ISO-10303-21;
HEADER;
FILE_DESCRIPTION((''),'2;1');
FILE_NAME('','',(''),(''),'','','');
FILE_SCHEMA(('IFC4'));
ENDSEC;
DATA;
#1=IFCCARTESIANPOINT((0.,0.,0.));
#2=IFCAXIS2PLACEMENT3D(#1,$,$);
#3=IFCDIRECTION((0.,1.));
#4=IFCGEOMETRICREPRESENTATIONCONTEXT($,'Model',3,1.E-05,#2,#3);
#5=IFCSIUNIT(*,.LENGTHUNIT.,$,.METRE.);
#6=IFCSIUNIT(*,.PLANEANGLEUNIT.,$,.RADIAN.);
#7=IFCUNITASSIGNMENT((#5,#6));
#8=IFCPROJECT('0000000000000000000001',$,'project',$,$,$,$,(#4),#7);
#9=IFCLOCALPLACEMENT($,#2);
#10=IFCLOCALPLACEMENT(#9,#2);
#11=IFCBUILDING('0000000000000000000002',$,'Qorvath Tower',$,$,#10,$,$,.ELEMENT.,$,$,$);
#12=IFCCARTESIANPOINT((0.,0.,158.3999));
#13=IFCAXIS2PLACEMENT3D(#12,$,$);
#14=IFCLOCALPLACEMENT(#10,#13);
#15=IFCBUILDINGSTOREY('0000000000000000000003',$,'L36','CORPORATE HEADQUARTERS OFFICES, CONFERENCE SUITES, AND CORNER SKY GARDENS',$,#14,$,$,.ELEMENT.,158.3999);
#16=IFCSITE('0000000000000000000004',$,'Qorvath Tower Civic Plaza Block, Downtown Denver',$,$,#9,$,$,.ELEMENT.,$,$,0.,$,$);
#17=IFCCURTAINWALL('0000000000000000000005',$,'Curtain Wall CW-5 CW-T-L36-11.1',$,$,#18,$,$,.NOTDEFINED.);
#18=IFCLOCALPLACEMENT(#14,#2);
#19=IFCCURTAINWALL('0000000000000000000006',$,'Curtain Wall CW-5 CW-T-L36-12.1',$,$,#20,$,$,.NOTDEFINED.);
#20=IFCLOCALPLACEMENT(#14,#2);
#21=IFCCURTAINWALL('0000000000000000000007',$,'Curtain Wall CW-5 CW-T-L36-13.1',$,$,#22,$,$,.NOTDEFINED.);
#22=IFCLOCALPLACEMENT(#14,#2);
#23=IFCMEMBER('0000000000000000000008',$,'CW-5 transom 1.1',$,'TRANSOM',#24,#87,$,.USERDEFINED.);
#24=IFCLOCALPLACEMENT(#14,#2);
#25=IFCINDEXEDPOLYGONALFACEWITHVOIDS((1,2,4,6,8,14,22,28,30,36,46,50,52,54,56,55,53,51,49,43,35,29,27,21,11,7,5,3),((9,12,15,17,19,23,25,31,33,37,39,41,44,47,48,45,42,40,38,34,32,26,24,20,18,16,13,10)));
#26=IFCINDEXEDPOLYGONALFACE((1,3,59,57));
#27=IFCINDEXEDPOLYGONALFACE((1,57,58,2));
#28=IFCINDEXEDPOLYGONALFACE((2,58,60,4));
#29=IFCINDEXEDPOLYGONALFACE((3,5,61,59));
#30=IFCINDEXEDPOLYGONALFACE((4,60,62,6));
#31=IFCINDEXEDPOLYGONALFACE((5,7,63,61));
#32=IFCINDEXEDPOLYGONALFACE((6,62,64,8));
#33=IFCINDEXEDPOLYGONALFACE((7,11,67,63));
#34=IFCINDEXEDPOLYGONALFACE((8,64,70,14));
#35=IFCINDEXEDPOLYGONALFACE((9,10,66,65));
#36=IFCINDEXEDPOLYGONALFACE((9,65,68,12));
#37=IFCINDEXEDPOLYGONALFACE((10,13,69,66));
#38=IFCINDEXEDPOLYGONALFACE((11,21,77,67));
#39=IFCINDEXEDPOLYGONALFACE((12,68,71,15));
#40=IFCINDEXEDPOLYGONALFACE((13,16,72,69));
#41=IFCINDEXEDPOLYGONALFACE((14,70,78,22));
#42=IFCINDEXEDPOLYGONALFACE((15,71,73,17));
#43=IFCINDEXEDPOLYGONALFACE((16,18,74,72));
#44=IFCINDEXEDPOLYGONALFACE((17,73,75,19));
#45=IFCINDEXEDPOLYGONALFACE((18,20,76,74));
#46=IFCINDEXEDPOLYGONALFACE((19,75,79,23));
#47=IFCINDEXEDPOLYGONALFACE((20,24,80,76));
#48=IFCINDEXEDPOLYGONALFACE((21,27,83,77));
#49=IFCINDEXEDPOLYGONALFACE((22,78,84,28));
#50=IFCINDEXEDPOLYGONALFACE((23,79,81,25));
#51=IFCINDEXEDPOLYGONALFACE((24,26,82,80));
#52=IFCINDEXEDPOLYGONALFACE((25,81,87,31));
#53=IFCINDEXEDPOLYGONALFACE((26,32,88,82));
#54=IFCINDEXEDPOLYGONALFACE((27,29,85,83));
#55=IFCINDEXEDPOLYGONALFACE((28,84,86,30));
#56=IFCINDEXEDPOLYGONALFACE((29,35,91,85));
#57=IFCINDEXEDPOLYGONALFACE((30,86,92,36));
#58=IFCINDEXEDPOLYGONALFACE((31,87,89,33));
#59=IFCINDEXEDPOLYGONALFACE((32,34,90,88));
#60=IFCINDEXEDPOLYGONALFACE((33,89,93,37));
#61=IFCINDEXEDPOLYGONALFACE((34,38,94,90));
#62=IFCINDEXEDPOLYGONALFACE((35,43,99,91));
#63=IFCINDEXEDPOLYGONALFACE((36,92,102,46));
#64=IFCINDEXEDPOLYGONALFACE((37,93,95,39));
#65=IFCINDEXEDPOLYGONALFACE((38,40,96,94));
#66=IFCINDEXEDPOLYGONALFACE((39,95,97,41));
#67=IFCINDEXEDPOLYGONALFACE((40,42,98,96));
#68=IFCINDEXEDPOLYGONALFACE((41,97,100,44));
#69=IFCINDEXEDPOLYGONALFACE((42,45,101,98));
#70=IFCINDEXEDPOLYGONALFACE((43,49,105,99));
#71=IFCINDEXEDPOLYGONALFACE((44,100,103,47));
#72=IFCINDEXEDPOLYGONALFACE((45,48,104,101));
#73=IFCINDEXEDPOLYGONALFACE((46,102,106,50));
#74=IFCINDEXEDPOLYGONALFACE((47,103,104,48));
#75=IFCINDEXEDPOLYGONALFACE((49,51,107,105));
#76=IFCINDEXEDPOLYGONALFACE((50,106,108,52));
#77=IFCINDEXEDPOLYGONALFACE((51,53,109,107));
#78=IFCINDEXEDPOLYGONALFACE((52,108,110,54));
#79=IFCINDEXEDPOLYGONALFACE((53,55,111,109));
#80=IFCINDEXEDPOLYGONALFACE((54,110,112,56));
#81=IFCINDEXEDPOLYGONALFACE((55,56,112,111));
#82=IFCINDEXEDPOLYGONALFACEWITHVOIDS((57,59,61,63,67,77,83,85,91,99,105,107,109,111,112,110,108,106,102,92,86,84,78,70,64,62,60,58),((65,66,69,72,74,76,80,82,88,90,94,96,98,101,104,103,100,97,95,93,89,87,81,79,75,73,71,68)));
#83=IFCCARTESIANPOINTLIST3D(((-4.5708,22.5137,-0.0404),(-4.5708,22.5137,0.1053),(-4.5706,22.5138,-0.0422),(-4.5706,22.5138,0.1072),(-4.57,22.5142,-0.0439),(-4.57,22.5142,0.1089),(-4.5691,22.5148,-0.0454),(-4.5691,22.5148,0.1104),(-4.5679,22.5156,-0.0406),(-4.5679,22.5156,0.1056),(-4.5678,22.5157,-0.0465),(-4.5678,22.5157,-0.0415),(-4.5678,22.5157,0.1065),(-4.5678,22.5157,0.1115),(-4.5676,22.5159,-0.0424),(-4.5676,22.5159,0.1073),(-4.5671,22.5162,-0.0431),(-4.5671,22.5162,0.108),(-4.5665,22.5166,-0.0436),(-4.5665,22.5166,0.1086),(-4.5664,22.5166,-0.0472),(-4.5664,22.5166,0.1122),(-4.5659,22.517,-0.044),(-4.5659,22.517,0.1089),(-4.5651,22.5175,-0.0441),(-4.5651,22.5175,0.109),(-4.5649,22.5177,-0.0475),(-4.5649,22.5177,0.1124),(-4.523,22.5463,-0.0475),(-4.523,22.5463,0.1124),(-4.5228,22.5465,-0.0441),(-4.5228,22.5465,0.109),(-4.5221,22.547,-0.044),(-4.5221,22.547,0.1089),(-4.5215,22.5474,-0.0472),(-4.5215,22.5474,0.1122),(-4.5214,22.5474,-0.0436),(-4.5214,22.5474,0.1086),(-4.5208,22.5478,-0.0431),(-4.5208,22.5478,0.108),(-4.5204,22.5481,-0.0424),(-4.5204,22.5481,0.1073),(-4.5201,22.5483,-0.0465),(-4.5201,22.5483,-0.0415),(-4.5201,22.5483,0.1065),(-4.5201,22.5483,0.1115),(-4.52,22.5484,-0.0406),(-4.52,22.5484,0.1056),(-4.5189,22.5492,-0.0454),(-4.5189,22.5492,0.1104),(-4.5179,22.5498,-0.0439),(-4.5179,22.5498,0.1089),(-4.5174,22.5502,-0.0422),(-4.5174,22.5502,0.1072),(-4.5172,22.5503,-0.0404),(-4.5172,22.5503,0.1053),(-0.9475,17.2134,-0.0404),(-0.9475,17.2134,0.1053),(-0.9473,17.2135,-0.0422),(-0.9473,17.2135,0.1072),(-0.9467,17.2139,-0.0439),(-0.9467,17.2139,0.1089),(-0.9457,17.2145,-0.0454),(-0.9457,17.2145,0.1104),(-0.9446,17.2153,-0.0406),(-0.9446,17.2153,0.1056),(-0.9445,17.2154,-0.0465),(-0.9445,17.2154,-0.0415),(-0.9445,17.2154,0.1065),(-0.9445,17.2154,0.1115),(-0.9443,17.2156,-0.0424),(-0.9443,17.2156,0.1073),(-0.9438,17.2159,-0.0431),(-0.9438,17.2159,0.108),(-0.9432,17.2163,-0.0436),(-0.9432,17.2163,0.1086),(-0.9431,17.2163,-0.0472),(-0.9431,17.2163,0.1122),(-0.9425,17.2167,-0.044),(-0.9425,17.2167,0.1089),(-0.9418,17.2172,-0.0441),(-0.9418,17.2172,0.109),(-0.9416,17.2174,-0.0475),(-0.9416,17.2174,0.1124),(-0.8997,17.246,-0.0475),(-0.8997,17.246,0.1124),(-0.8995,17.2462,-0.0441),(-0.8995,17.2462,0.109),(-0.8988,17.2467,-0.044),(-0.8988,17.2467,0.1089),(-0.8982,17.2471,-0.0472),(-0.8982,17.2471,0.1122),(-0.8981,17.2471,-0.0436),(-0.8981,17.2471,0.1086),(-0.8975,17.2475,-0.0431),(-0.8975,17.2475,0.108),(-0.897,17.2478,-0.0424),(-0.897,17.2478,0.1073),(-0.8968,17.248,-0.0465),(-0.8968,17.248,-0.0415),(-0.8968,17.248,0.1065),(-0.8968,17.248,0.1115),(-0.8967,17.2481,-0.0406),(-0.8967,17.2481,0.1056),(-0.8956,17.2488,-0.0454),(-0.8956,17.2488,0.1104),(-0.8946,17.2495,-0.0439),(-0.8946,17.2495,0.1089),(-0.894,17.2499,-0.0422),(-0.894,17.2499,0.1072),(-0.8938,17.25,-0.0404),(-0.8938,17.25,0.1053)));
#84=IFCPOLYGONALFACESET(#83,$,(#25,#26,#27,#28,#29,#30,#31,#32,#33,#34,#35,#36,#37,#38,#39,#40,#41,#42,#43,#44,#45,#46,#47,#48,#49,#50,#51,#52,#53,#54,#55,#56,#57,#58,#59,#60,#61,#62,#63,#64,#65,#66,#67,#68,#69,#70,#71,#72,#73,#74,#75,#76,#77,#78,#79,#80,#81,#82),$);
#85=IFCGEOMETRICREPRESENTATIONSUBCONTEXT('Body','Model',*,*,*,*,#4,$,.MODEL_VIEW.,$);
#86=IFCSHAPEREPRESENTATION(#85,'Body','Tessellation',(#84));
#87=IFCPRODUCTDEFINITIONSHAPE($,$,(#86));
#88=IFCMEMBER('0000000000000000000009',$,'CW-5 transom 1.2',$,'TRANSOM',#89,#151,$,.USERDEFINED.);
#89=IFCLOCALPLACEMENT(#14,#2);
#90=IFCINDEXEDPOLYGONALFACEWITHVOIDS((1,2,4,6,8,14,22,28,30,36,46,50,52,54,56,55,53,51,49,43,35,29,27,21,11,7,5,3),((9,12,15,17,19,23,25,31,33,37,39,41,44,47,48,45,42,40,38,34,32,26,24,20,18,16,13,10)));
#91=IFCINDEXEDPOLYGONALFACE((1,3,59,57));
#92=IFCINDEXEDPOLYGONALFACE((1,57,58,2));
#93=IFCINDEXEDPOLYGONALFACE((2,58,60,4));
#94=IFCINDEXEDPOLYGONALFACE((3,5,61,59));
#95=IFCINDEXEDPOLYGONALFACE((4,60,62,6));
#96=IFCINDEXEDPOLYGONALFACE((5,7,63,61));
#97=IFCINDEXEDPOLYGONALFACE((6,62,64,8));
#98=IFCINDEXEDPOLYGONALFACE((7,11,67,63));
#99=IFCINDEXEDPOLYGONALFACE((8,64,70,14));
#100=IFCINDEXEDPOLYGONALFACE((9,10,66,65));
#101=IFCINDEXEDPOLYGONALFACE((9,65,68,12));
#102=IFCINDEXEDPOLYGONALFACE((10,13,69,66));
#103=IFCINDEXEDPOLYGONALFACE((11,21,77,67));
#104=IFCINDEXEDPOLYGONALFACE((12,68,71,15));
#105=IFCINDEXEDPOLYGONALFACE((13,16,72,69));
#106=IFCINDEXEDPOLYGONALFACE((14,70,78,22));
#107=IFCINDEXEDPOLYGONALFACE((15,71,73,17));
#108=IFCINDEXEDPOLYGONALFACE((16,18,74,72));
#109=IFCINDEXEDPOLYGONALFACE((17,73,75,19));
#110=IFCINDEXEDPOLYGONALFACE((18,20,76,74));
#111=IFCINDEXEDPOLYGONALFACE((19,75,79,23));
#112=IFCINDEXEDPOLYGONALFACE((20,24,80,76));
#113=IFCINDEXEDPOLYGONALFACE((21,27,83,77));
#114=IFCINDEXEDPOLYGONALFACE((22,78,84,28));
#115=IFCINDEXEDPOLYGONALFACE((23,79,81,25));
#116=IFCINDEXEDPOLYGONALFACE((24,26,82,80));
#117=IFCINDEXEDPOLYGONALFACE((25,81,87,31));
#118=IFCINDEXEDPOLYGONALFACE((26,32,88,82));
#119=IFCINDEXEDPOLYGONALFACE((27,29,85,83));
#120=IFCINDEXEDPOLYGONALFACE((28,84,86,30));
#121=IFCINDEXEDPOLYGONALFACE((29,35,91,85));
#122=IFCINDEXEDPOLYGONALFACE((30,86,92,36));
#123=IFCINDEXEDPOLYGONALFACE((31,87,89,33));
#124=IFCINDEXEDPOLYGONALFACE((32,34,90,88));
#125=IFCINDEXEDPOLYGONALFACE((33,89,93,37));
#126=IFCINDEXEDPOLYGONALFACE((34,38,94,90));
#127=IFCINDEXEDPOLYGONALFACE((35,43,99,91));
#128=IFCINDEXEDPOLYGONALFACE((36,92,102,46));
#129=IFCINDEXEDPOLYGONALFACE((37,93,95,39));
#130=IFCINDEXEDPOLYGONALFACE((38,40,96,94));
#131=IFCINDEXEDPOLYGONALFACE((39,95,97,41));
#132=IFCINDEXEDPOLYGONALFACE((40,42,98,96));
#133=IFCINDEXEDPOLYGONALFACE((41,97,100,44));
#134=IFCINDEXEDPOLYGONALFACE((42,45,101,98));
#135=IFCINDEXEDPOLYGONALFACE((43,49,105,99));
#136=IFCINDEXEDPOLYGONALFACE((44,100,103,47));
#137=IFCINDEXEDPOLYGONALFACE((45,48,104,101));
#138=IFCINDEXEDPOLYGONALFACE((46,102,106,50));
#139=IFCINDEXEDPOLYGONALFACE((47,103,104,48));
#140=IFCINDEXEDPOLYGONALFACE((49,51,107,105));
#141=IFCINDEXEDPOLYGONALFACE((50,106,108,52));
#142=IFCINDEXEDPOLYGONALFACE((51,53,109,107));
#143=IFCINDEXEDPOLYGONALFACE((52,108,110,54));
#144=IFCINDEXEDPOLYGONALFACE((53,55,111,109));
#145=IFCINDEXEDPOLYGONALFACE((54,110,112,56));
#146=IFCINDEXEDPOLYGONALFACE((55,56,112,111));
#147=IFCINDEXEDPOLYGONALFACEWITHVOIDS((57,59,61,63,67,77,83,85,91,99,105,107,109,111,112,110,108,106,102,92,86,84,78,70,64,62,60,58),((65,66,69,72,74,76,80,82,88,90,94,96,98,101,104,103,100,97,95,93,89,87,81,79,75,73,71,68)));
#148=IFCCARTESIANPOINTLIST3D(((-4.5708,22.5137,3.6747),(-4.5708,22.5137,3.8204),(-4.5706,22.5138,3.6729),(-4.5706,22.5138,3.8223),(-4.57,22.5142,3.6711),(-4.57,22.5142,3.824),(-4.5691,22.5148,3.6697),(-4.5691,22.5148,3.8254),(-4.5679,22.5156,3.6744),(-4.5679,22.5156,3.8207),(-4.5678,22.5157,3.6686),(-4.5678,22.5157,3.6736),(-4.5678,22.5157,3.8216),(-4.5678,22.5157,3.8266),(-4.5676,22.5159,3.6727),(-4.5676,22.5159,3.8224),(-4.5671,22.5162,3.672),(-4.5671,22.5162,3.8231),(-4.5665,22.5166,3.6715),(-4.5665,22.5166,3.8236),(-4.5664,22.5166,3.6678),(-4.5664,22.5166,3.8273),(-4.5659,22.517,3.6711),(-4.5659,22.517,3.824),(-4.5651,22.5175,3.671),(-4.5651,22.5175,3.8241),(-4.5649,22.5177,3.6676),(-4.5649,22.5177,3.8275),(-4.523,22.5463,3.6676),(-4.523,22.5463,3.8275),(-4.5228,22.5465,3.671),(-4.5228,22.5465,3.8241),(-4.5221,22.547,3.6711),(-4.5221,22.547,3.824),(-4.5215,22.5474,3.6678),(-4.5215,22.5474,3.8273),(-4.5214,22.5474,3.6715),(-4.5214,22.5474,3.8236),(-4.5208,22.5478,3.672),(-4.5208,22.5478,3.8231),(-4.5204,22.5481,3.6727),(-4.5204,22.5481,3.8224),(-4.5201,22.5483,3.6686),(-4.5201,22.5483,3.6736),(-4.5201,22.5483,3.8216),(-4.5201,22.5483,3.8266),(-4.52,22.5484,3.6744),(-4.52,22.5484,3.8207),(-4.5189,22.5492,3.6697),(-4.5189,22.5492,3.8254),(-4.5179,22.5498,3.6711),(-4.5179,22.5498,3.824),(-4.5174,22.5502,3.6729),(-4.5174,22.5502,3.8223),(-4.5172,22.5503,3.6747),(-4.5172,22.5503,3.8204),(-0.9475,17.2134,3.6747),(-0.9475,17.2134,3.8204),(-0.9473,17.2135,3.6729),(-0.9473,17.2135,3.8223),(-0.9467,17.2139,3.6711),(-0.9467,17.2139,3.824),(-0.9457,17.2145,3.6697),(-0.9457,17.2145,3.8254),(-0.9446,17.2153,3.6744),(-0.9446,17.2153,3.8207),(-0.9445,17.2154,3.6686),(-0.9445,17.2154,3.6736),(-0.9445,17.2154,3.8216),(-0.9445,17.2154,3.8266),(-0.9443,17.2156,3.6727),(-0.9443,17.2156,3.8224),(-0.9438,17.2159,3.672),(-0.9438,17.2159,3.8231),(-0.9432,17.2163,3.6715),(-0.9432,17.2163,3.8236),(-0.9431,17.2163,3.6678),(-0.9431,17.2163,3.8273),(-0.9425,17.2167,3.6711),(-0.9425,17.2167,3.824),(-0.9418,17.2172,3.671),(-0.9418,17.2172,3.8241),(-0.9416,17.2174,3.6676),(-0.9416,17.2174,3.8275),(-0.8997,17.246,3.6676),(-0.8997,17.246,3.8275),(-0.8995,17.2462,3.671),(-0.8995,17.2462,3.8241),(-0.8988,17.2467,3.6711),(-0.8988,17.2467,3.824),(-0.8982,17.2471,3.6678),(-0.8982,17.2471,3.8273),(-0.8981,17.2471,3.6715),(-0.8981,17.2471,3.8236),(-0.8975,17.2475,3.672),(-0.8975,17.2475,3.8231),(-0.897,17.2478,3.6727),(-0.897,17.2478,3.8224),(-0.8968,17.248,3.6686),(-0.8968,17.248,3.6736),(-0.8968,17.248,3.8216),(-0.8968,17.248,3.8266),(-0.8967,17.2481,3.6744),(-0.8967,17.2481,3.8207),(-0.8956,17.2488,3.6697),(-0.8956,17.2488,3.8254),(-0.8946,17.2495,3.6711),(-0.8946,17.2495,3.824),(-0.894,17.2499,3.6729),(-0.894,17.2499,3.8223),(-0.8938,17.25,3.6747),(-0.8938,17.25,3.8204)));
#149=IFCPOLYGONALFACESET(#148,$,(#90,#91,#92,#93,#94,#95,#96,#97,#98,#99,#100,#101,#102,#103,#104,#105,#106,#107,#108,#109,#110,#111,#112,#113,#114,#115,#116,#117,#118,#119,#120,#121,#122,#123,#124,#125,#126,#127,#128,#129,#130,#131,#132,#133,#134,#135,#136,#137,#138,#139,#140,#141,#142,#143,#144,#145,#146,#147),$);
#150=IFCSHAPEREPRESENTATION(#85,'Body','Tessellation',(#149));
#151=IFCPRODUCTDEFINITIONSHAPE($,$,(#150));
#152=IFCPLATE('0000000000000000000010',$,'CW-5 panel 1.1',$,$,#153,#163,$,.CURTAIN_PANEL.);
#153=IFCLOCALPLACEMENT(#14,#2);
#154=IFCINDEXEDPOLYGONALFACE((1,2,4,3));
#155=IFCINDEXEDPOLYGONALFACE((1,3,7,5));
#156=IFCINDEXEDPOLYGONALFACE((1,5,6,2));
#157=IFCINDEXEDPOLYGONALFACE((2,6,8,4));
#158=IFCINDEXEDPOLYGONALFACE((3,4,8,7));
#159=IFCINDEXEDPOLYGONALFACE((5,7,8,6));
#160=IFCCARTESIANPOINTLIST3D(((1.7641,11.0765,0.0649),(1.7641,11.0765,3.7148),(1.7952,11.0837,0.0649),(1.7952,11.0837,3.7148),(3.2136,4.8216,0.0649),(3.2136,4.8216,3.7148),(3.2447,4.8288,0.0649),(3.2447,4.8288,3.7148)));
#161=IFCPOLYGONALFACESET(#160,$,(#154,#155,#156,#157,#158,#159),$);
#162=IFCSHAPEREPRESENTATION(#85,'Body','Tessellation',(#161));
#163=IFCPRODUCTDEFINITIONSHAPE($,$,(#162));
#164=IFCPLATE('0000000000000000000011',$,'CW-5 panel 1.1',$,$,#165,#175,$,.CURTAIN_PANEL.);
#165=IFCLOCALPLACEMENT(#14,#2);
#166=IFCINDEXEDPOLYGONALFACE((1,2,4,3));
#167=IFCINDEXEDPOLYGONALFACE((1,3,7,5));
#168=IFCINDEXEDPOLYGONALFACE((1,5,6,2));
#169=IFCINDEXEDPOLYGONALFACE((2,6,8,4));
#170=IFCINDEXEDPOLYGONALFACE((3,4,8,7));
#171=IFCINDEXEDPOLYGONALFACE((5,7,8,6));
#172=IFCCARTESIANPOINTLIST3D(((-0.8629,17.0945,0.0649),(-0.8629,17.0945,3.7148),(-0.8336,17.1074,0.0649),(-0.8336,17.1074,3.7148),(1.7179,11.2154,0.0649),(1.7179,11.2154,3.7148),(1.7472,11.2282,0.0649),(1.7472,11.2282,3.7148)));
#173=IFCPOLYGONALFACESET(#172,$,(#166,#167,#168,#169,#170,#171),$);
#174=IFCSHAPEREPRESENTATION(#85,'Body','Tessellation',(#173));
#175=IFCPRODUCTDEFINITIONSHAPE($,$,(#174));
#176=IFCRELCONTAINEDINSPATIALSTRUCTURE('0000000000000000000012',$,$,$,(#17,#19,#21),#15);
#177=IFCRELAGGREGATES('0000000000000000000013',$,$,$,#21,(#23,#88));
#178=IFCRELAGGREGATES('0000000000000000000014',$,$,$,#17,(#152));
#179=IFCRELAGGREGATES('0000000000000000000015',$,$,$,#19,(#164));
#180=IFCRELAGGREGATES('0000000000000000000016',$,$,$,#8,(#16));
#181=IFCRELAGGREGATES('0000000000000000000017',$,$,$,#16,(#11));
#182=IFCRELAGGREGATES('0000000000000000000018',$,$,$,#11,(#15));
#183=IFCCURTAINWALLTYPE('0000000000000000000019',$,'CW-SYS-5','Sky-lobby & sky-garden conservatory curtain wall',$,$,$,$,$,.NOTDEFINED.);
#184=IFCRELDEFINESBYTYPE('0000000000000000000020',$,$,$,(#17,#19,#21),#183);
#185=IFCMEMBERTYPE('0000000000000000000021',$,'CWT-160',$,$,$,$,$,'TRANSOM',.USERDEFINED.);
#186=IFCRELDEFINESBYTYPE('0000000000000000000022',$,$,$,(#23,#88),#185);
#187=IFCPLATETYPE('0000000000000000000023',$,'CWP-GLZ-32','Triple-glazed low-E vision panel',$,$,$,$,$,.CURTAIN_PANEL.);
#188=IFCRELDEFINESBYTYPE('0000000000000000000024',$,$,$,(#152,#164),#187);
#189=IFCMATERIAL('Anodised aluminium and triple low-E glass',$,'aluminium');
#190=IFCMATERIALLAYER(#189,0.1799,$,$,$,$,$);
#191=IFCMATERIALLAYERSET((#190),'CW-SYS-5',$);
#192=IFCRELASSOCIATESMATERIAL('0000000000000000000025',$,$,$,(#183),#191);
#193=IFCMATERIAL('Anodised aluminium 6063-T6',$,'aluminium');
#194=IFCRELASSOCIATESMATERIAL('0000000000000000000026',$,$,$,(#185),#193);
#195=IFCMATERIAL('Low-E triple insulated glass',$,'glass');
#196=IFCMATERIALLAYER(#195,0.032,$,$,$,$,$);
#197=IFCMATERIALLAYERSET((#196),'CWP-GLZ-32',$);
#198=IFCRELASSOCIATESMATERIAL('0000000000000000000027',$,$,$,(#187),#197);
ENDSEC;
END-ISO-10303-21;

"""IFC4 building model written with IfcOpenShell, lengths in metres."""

from ifc_helpers import new_model, si_unit, direction, frame, origin, origin_2d, place, context, subcontext, project, spatial, rectangle, hollow_rectangle, extrude, material, layer, layer_set, material_profile, profile_set, type_object, element, aggregate, save


model = new_model("IFC4")

# Units and contexts
model_context = context("Model", 3, precision=1e-05, world=origin(), true_north=direction((0.0, 1.0)))
body_context = subcontext(model_context, "Body", "Model", "MODEL_VIEW")
ifc_project = project(units=[si_unit("LENGTHUNIT", "METRE"), si_unit("PLANEANGLEUNIT", "RADIAN")], contexts=[model_context])

# Site, building, storey
site_placement = place(None, origin())
site = spatial("IfcSite", under=ifc_project, at=site_placement, Name="Qorvath Tower Civic Plaza Block, Downtown Denver", CompositionType="ELEMENT", RefElevation=0.0)
building_placement = place(site_placement, origin())
building = spatial("IfcBuilding", under=site, at=building_placement, Name="Qorvath Tower", CompositionType="ELEMENT")
storey_placement = place(building_placement, frame((0.0, 0.0, 158.3999)))
storey = spatial("IfcBuildingStorey", under=building, at=storey_placement, Name="L36", Description="CORPORATE HEADQUARTERS OFFICES, CONFERENCE SUITES, AND CORNER SKY GARDENS", CompositionType="ELEMENT", Elevation=158.3999)

# Curtain wall
ifc_material_1 = material(Name="Anodised aluminium and triple low-E glass", Category="aluminium")
ifc_layer_1 = layer(ifc_material_1, 0.1799)
ifc_layer_set_1 = layer_set([ifc_layer_1], Name="CW-SYS-5")
curtain_wall_type = type_object("IfcCurtainWallType", Name="CW-SYS-5", Description="Sky-lobby & sky-garden conservatory curtain wall", PredefinedType="NOTDEFINED", material=ifc_layer_set_1)
curtain_wall_1_placement = place(storey_placement, origin())
curtain_wall_1 = element("IfcCurtainWall", 1, at=curtain_wall_1_placement, inside=storey, type_object=curtain_wall_type, Name="Curtain Wall CW-5 CW-T-L36-11.1", PredefinedType="NOTDEFINED")

# Curtain wall
curtain_wall_2_placement = place(storey_placement, origin())
curtain_wall_2 = element("IfcCurtainWall", 2, at=curtain_wall_2_placement, inside=storey, type_object=curtain_wall_type, Name="Curtain Wall CW-5 CW-T-L36-12.1", PredefinedType="NOTDEFINED")

# Curtain wall
curtain_wall_3_placement = place(storey_placement, origin())
curtain_wall_3 = element("IfcCurtainWall", 3, at=curtain_wall_3_placement, inside=storey, type_object=curtain_wall_type, Name="Curtain Wall CW-5 CW-T-L36-13.1", PredefinedType="NOTDEFINED")

# Members
ifc_material_2 = material(Name="Anodised aluminium 6063-T6", Category="aluminium")
ifc_material_profile_1 = material_profile(ifc_material_2, hollow_rectangle(XDim=0.0649, YDim=0.1599, WallThickness=0.0034, InnerFilletRadius=0.0034, OuterFilletRadius=0.0071, at=origin_2d()), Name="CWT 160x65")
ifc_profile_set_1 = profile_set([ifc_material_profile_1], Name="Anodised aluminium 6063-T6")
member_type_1 = type_object("IfcMemberType", Name="CWT-160", ElementType="TRANSOM", PredefinedType="USERDEFINED", material=ifc_profile_set_1)
member_1_placement = place(storey_placement, frame((-0.9207, 17.2317, 0.0325), z_axis=(-0.564342, 0.825541, 0.0), x_axis=(-0.825541, -0.564342, 0.0)))
member_1 = element("IfcMember", 4, at=member_1_placement, type_object=member_type_1, Name="CW-5 transom 1.1", ObjectType="TRANSOM", PredefinedType="USERDEFINED", context=body_context, shape_type="SweptSolid", body=[
    extrude(hollow_rectangle(XDim=0.0649, YDim=0.1599, WallThickness=0.0034, InnerFilletRadius=0.0034, OuterFilletRadius=0.0071, at=origin_2d()), origin(), (0.0, 0.0, 1.0), 6.4204),
])
member_2_placement = place(storey_placement, frame((-0.9207, 17.2317, 3.7476), z_axis=(-0.564342, 0.825541, 0.0), x_axis=(-0.825541, -0.564342, 0.0)))
member_2 = element("IfcMember", 5, at=member_2_placement, type_object=member_type_1, Name="CW-5 transom 1.2", ObjectType="TRANSOM", PredefinedType="USERDEFINED", context=body_context, shape_type="SweptSolid", body=[
    extrude(hollow_rectangle(XDim=0.0649, YDim=0.1599, WallThickness=0.0034, InnerFilletRadius=0.0034, OuterFilletRadius=0.0071, at=origin_2d()), origin(), (0.0, 0.0, 1.0), 6.4204),
])
aggregate(curtain_wall_3, [member_1, member_2])

# Plates
ifc_material_3 = material(Name="Low-E triple insulated glass", Category="glass")
ifc_layer_2 = layer(ifc_material_3, 0.032)
ifc_layer_set_2 = layer_set([ifc_layer_2], Name="CWP-GLZ-32")
plate_type = type_object("IfcPlateType", Name="CWP-GLZ-32", Description="Triple-glazed low-E vision panel", PredefinedType="CURTAIN_PANEL", material=ifc_layer_set_2)
plate_1_placement = place(storey_placement, frame((2.5044, 7.9526, 0.0649), z_axis=(0.0, 0.0, 1.0), x_axis=(-0.225759, 0.974183, 0.0)))
plate_1 = element("IfcPlate", 6, at=plate_1_placement, type_object=plate_type, Name="CW-5 panel 1.1", PredefinedType="CURTAIN_PANEL", context=body_context, shape_type="SweptSolid", body=[
    extrude(rectangle(XDim=6.4207, YDim=0.032, at=origin_2d()), origin(), (0.0, 0.0, 1.0), 3.6499),
])
aggregate(curtain_wall_1, [plate_1])
plate_2_placement = place(storey_placement, frame((0.4421, 14.1614, 0.0649), z_axis=(0.0, 0.0, 1.0), x_axis=(-0.401947, 0.915663, 0.0)))
plate_2 = element("IfcPlate", 7, at=plate_2_placement, type_object=plate_type, Name="CW-5 panel 1.1", PredefinedType="CURTAIN_PANEL", context=body_context, shape_type="SweptSolid", body=[
    extrude(rectangle(XDim=6.4207, YDim=0.032, at=origin_2d()), origin(), (0.0, 0.0, 1.0), 3.6499),
])
aggregate(curtain_wall_2, [plate_2])

save(model, "model.ifc")
